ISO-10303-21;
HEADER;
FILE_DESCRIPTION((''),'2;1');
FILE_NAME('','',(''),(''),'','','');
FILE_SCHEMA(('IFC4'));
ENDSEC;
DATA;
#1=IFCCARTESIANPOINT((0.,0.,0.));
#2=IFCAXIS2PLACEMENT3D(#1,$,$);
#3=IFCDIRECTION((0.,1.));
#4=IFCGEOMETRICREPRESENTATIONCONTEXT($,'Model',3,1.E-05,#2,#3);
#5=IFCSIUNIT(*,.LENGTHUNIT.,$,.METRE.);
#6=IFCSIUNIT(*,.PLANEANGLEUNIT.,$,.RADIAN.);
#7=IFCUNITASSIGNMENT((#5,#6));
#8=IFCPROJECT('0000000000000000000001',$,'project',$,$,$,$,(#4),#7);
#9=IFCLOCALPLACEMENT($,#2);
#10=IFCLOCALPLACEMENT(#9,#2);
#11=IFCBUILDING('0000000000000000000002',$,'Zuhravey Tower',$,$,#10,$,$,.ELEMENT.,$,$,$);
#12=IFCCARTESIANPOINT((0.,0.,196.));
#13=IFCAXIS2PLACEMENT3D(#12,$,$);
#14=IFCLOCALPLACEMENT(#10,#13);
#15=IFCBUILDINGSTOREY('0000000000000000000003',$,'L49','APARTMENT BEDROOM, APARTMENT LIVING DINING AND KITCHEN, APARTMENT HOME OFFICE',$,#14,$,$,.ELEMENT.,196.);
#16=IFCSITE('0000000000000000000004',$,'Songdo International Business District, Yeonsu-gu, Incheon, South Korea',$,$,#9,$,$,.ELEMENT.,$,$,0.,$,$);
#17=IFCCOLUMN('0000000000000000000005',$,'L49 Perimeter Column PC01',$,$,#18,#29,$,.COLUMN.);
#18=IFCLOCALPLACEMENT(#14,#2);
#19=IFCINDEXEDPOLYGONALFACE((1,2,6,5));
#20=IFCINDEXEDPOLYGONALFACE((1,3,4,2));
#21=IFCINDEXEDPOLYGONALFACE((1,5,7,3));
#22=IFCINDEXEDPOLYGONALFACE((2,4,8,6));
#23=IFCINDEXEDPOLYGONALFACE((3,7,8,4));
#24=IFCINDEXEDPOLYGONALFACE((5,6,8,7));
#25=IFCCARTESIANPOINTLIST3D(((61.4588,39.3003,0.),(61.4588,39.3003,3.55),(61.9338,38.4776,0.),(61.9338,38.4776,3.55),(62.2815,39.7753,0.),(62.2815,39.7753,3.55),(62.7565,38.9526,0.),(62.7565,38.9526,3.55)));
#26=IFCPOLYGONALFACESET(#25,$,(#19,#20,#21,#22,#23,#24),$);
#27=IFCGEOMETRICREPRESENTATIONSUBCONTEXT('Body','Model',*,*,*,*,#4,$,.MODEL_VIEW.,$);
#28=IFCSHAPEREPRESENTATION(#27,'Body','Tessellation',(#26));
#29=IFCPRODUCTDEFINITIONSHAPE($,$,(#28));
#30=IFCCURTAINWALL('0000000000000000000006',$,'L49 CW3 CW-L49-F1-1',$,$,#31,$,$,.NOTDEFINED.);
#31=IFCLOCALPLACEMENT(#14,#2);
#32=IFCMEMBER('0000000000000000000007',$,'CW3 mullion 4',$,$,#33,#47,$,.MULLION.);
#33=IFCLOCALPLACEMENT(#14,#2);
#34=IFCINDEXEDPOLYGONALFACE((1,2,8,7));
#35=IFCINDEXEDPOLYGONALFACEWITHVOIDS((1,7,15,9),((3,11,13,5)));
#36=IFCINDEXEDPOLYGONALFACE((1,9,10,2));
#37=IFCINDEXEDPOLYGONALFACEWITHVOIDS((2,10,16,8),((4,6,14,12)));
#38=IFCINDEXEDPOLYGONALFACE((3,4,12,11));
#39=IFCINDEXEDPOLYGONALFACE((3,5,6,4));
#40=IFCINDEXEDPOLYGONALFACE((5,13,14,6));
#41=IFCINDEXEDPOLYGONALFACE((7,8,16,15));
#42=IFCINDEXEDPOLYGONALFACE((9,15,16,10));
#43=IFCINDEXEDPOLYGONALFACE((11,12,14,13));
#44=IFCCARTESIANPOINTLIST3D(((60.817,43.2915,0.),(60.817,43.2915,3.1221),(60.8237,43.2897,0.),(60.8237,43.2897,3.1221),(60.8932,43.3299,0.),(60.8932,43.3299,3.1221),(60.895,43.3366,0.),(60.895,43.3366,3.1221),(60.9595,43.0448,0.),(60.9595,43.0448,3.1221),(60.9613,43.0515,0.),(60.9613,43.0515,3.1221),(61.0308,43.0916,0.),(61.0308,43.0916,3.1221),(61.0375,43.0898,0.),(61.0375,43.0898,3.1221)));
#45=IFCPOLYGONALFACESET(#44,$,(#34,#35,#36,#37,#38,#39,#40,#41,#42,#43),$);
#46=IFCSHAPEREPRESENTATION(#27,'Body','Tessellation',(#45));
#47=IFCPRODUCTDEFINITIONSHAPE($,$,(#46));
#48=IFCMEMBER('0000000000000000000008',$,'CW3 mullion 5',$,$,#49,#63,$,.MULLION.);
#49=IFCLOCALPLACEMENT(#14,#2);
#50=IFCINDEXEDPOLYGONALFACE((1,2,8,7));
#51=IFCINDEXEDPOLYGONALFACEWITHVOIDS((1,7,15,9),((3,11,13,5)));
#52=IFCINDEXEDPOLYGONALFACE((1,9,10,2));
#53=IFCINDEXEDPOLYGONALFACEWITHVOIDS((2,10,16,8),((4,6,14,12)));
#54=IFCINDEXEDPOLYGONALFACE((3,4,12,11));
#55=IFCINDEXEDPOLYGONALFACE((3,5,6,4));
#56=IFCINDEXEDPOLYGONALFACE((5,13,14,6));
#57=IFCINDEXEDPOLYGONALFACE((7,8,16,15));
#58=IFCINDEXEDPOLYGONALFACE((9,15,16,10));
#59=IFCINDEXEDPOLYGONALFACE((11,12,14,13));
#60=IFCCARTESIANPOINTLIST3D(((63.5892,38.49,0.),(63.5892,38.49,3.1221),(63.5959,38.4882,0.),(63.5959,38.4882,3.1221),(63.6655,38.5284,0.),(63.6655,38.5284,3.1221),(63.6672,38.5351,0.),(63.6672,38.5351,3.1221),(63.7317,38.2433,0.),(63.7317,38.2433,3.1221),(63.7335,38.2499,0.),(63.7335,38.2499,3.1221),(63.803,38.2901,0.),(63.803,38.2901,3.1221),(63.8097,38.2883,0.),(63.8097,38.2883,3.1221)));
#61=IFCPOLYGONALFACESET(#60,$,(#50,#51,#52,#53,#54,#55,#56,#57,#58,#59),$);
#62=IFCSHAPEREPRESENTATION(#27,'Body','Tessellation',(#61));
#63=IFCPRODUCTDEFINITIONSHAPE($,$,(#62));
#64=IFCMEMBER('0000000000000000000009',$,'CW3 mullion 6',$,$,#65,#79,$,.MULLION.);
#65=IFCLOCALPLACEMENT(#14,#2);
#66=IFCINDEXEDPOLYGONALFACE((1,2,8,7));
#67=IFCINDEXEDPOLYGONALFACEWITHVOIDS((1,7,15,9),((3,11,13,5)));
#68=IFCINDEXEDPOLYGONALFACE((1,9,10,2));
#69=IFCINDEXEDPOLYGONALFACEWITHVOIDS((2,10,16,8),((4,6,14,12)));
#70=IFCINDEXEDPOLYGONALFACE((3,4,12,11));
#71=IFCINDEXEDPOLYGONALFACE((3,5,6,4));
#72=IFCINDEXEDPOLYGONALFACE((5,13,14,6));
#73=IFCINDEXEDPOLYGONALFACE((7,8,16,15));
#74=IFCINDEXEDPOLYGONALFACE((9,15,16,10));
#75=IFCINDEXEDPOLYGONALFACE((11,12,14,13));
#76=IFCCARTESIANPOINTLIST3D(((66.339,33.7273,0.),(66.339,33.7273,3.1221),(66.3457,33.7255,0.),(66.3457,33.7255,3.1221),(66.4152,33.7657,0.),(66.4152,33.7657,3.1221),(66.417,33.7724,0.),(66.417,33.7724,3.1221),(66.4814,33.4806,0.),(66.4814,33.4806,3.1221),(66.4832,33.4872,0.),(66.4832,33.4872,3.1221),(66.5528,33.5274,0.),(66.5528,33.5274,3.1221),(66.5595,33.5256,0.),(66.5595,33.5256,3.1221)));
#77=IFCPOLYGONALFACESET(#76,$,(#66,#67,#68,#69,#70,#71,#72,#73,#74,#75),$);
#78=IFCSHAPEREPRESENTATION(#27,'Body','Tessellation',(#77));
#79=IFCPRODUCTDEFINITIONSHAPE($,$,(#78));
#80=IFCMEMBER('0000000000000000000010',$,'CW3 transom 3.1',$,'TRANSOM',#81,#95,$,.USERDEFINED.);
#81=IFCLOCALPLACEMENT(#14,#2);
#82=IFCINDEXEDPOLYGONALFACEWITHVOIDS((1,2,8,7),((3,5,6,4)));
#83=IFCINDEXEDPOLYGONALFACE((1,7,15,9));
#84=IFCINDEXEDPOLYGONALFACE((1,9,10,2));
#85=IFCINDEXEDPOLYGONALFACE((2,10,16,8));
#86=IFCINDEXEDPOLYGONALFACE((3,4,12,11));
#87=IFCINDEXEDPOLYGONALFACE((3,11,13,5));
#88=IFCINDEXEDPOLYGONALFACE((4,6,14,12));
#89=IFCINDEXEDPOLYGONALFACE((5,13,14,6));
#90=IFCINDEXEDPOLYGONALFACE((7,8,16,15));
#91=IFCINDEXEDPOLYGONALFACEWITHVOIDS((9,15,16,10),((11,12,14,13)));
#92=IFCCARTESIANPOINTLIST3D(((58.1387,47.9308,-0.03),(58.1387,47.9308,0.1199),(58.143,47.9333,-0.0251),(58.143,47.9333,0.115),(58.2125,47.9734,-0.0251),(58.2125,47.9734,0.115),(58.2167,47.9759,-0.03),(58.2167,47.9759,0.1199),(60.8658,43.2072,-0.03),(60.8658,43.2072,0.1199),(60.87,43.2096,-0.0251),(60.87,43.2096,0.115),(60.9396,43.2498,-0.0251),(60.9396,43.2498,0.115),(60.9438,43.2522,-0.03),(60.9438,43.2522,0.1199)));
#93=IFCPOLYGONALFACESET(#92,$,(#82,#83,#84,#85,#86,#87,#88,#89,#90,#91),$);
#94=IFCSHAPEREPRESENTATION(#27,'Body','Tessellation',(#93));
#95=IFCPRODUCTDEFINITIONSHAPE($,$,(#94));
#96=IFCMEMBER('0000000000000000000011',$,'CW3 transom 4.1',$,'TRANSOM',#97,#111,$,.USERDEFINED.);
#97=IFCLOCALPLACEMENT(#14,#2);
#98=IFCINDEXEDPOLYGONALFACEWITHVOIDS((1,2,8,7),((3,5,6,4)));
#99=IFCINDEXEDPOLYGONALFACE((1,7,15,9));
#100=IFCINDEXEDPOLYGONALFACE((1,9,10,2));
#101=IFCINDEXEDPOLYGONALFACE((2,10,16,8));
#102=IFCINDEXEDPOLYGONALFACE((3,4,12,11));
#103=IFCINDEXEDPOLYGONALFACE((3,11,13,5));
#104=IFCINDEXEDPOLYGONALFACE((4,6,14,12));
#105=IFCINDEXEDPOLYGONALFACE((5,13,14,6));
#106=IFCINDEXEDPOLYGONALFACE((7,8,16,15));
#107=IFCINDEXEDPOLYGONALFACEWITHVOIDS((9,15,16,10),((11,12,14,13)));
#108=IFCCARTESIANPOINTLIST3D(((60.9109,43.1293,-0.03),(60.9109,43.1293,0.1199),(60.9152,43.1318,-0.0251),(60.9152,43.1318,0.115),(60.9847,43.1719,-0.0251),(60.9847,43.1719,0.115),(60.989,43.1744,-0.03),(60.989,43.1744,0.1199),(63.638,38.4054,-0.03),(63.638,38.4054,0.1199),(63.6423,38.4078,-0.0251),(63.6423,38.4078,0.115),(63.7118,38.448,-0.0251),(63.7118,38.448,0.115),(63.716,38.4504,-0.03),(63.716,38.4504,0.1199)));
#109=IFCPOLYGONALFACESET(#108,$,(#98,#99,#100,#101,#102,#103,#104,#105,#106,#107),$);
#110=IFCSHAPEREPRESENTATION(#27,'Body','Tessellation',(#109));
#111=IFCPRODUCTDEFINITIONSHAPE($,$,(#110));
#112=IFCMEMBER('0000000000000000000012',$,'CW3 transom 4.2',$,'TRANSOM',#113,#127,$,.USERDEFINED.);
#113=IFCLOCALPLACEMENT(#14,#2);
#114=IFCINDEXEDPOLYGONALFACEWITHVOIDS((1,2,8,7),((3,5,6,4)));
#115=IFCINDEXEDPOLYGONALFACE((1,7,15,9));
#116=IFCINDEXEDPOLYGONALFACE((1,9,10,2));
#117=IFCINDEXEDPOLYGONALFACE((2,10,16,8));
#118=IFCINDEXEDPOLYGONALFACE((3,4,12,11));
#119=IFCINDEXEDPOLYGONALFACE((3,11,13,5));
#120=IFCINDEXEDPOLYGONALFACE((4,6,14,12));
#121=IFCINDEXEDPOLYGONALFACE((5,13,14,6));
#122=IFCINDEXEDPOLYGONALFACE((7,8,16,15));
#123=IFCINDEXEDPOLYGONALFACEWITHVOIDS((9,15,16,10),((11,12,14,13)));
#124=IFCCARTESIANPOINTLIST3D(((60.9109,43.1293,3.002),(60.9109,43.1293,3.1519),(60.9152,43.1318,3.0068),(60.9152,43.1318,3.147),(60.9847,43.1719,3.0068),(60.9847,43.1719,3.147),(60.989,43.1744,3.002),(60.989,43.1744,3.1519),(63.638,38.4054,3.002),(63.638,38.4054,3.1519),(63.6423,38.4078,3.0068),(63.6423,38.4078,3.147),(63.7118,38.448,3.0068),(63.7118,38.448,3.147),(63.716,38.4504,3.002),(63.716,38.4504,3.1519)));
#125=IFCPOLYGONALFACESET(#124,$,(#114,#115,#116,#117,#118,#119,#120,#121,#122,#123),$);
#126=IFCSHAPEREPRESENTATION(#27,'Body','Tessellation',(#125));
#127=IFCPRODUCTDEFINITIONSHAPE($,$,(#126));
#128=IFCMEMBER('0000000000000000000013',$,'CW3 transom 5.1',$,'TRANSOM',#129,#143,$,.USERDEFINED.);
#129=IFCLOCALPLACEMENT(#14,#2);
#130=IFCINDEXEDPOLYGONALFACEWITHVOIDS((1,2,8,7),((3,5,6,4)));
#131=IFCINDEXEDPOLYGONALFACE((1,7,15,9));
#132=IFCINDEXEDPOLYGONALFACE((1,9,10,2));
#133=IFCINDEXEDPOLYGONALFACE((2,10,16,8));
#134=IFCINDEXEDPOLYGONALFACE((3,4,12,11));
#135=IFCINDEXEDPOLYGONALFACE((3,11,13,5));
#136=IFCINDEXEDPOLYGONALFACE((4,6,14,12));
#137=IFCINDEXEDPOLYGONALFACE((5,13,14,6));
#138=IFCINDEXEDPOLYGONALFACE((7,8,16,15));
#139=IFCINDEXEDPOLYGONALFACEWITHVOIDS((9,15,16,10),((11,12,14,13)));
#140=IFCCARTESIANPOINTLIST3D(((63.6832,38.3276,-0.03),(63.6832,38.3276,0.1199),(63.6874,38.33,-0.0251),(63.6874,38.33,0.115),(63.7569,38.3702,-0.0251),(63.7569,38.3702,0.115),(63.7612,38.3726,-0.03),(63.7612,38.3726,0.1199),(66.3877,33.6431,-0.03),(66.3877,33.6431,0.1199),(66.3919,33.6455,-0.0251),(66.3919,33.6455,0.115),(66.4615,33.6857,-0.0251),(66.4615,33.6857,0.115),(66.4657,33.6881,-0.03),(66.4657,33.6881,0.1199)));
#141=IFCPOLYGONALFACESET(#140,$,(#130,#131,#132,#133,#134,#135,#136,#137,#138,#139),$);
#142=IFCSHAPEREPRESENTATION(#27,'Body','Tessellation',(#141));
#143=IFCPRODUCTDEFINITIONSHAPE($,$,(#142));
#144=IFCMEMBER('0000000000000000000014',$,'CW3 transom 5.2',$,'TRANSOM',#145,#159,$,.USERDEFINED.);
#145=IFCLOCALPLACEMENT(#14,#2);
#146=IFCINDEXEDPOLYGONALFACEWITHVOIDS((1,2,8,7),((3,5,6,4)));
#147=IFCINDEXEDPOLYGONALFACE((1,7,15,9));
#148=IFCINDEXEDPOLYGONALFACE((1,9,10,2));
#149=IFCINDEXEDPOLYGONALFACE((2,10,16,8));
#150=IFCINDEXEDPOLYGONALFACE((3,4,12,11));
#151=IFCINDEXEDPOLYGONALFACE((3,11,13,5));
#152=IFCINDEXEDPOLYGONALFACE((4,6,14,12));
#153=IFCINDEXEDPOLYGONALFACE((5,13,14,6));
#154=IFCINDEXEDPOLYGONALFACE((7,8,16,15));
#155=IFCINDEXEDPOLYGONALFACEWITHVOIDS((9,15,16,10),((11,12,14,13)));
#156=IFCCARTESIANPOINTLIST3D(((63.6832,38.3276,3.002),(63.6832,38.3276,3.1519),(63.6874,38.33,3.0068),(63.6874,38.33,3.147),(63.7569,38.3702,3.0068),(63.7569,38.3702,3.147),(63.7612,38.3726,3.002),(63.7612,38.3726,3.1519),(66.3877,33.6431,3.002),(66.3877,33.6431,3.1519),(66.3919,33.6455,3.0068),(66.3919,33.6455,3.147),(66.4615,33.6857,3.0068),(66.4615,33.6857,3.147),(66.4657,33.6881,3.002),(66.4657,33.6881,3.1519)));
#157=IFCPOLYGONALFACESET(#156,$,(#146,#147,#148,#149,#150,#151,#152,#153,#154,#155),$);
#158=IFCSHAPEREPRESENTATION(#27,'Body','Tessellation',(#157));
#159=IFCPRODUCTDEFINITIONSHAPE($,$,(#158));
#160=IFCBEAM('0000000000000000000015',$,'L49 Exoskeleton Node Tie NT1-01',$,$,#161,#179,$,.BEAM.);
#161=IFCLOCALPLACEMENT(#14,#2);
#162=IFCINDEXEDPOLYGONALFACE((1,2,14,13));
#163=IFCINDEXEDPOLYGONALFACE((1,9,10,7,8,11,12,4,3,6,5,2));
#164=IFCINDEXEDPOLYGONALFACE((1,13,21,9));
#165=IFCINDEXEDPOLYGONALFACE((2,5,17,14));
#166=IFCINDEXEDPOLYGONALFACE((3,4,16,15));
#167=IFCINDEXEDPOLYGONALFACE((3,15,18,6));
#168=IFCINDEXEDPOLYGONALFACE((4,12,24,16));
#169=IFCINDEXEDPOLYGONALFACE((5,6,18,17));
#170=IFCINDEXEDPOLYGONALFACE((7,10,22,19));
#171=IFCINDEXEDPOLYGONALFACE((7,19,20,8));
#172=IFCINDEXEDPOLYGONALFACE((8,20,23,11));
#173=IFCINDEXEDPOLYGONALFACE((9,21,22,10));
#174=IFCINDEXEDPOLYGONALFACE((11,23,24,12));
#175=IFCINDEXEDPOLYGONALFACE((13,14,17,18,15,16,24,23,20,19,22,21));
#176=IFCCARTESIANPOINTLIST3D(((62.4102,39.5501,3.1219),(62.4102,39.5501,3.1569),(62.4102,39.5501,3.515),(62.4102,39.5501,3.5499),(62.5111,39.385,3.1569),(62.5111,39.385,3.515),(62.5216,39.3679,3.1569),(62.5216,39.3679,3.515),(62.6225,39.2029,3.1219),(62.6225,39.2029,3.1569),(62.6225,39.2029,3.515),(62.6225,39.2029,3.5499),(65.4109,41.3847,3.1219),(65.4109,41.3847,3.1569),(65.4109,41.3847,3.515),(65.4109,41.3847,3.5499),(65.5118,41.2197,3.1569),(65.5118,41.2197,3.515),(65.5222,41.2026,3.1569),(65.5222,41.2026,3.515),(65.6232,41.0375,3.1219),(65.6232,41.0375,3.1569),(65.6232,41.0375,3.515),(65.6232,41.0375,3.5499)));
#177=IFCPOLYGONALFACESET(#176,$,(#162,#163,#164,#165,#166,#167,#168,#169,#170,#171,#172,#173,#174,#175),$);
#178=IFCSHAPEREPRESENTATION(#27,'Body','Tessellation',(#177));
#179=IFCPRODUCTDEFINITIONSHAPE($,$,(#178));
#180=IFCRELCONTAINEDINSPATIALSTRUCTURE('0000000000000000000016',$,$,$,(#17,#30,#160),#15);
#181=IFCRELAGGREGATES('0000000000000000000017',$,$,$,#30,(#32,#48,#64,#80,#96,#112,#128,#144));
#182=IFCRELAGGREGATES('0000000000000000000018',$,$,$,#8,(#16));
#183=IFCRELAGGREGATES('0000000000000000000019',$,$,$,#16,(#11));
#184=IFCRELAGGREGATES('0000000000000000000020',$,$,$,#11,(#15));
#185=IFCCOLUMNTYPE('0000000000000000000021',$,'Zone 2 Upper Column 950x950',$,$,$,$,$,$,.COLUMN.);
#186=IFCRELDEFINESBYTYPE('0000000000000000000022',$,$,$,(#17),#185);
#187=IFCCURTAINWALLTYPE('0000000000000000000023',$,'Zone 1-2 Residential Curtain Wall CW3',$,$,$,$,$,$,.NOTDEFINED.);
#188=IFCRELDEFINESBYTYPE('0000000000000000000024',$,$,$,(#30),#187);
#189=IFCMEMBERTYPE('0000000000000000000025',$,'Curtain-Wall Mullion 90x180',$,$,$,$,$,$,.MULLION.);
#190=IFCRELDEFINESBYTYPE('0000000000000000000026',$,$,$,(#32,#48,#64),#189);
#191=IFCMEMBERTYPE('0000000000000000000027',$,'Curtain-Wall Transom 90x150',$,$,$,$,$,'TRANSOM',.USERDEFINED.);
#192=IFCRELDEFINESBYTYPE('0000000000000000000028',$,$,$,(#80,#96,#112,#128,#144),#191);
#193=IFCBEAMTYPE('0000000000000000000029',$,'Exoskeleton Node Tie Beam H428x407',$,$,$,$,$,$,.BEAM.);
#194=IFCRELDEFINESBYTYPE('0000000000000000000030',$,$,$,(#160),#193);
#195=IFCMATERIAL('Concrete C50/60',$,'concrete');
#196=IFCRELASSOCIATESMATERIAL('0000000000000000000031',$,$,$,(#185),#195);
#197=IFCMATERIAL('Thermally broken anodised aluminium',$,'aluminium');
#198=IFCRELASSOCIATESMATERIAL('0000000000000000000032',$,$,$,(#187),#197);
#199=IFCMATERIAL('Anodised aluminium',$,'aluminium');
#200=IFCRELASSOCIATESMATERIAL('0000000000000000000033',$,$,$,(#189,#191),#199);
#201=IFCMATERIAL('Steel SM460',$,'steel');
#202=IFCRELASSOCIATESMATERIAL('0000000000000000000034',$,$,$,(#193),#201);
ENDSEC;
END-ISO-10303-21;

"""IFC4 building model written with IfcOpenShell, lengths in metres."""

from ifc_helpers import new_model, si_unit, direction, frame, origin, origin_2d, place, context, subcontext, project, spatial, rectangle, hollow_rectangle, i_section, extrude, material, material_profile, profile_set, type_object, element, aggregate, save


model = new_model("IFC4")

# Units and contexts
model_context = context("Model", 3, precision=1e-05, world=origin(), true_north=direction((0.0, 1.0)))
body_context = subcontext(model_context, "Body", "Model", "MODEL_VIEW")
ifc_project = project(units=[si_unit("LENGTHUNIT", "METRE"), si_unit("PLANEANGLEUNIT", "RADIAN")], contexts=[model_context])

# Site, building, storey
site_placement = place(None, origin())
site = spatial("IfcSite", under=ifc_project, at=site_placement, Name="Songdo International Business District, Yeonsu-gu, Incheon, South Korea", CompositionType="ELEMENT", RefElevation=0.0)
building_placement = place(site_placement, origin())
building = spatial("IfcBuilding", under=site, at=building_placement, Name="Zuhravey Tower", CompositionType="ELEMENT")
storey_placement = place(building_placement, frame((0.0, 0.0, 196.0)))
storey = spatial("IfcBuildingStorey", under=building, at=storey_placement, Name="L49", Description="APARTMENT BEDROOM, APARTMENT LIVING DINING AND KITCHEN, APARTMENT HOME OFFICE", CompositionType="ELEMENT", Elevation=196.0)

# Column
ifc_material_1 = material(Name="Concrete C50/60", Category="concrete")
ifc_material_profile_1 = material_profile(ifc_material_1, rectangle(XDim=0.95, YDim=0.95, at=origin_2d()), Name="RC-950x950")
ifc_profile_set_1 = profile_set([ifc_material_profile_1], Name="Concrete C50/60")
column_type = type_object("IfcColumnType", Name="Zone 2 Upper Column 950x950", PredefinedType="COLUMN", material=ifc_profile_set_1)
column_placement = place(storey_placement, frame((62.1077, 39.1265, 0.0), z_axis=(0.0, 0.0, 1.0), x_axis=(-0.5, 0.866025, 0.0)))
element("IfcColumn", 1, at=column_placement, inside=storey, type_object=column_type, Name="L49 Perimeter Column PC01", PredefinedType="COLUMN", context=body_context, shape_type="SweptSolid", body=[
    extrude(rectangle(XDim=0.95, YDim=0.95, at=origin_2d()), origin(), (0.0, 0.0, 1.0), 3.55),
])

# Curtain wall, members
ifc_material_2 = material(Name="Thermally broken anodised aluminium", Category="aluminium")
curtain_wall_type = type_object("IfcCurtainWallType", Name="Zone 1-2 Residential Curtain Wall CW3", PredefinedType="NOTDEFINED", material=ifc_material_2)
curtain_wall_placement = place(storey_placement, origin())
curtain_wall = element("IfcCurtainWall", 2, at=curtain_wall_placement, inside=storey, type_object=curtain_wall_type, Name="L49 CW3 CW-L49-F1-1", PredefinedType="NOTDEFINED")
ifc_material_3 = material(Name="Anodised aluminium", Category="aluminium")
ifc_material_profile_2 = material_profile(ifc_material_3, hollow_rectangle(XDim=0.0901, YDim=0.2849, WallThickness=0.0049, at=origin_2d()), Name="ALU-RHS-90x285x5")
ifc_profile_set_2 = profile_set([ifc_material_profile_2], Name="Anodised aluminium")
member_type_1 = type_object("IfcMemberType", Name="Curtain-Wall Mullion 90x180", PredefinedType="MULLION", material=ifc_profile_set_2)
member_1_placement = place(storey_placement, frame((60.9272, 43.1907, 0.0), z_axis=(0.0, 0.0, 1.0), x_axis=(0.866025, 0.5, 0.0)))
member_1 = element("IfcMember", 3, at=member_1_placement, type_object=member_type_1, Name="CW3 mullion 4", PredefinedType="MULLION", context=body_context, shape_type="SweptSolid", body=[
    extrude(hollow_rectangle(XDim=0.0901, YDim=0.2849, WallThickness=0.0049, at=origin_2d()), origin(), (0.0, 0.0, 1.0), 3.1221),
])
member_2_placement = place(storey_placement, frame((63.6995, 38.3892, 0.0), z_axis=(0.0, 0.0, 1.0), x_axis=(0.866025, 0.5, 0.0)))
member_2 = element("IfcMember", 4, at=member_2_placement, type_object=member_type_1, Name="CW3 mullion 5", PredefinedType="MULLION", context=body_context, shape_type="SweptSolid", body=[
    extrude(hollow_rectangle(XDim=0.0901, YDim=0.2849, WallThickness=0.0049, at=origin_2d()), origin(), (0.0, 0.0, 1.0), 3.1221),
])
member_3_placement = place(storey_placement, frame((66.4492, 33.6265, 0.0), z_axis=(0.0, 0.0, 1.0), x_axis=(0.866025, 0.5, 0.0)))
member_3 = element("IfcMember", 5, at=member_3_placement, type_object=member_type_1, Name="CW3 mullion 6", PredefinedType="MULLION", context=body_context, shape_type="SweptSolid", body=[
    extrude(hollow_rectangle(XDim=0.0901, YDim=0.2849, WallThickness=0.0049, at=origin_2d()), origin(), (0.0, 0.0, 1.0), 3.1221),
])
ifc_material_profile_3 = material_profile(ifc_material_3, hollow_rectangle(XDim=0.0901, YDim=0.1499, WallThickness=0.0049, at=origin_2d()), Name="ALU-RHS-90x150x5")
ifc_profile_set_3 = profile_set([ifc_material_profile_3], Name="Anodised aluminium")
member_type_2 = type_object("IfcMemberType", Name="Curtain-Wall Transom 90x150", ElementType="TRANSOM", PredefinedType="USERDEFINED", material=ifc_profile_set_3)
member_4_placement = place(storey_placement, frame((58.1777, 47.9534, 0.0449), z_axis=(0.499981, -0.866037, 0.0), x_axis=(0.866037, 0.499981, 0.0)))
member_4 = element("IfcMember", 6, at=member_4_placement, type_object=member_type_2, Name="CW3 transom 3.1", ObjectType="TRANSOM", PredefinedType="USERDEFINED", context=body_context, shape_type="SweptSolid", body=[
    extrude(hollow_rectangle(XDim=0.0901, YDim=0.1499, WallThickness=0.0049, at=origin_2d()), origin(), (0.0, 0.0, 1.0), 5.4543),
])
member_5_placement = place(storey_placement, frame((60.95, 43.1519, 0.0449), z_axis=(0.499961, -0.866048, 0.0), x_axis=(0.866048, 0.499961, 0.0)))
member_5 = element("IfcMember", 7, at=member_5_placement, type_object=member_type_2, Name="CW3 transom 4.1", ObjectType="TRANSOM", PredefinedType="USERDEFINED", context=body_context, shape_type="SweptSolid", body=[
    extrude(hollow_rectangle(XDim=0.0901, YDim=0.1499, WallThickness=0.0049, at=origin_2d()), origin(), (0.0, 0.0, 1.0), 5.4546),
])
member_6_placement = place(storey_placement, frame((60.95, 43.1519, 3.0769), z_axis=(0.499961, -0.866048, 0.0), x_axis=(0.866048, 0.499961, 0.0)))
member_6 = element("IfcMember", 8, at=member_6_placement, type_object=member_type_2, Name="CW3 transom 4.2", ObjectType="TRANSOM", PredefinedType="USERDEFINED", context=body_context, shape_type="SweptSolid", body=[
    extrude(hollow_rectangle(XDim=0.0901, YDim=0.1499, WallThickness=0.0049, at=origin_2d()), origin(), (0.0, 0.0, 1.0), 5.4546),
])
member_7_placement = place(storey_placement, frame((63.7222, 38.3501, 0.0449), z_axis=(0.499993, -0.866029, 0.0), x_axis=(0.866029, 0.499993, 0.0)))
member_7 = element("IfcMember", 9, at=member_7_placement, type_object=member_type_2, Name="CW3 transom 5.1", ObjectType="TRANSOM", PredefinedType="USERDEFINED", context=body_context, shape_type="SweptSolid", body=[
    extrude(hollow_rectangle(XDim=0.0901, YDim=0.1499, WallThickness=0.0049, at=origin_2d()), origin(), (0.0, 0.0, 1.0), 5.4092),
])
member_8_placement = place(storey_placement, frame((63.7222, 38.3501, 3.0769), z_axis=(0.499993, -0.866029, 0.0), x_axis=(0.866029, 0.499993, 0.0)))
member_8 = element("IfcMember", 10, at=member_8_placement, type_object=member_type_2, Name="CW3 transom 5.2", ObjectType="TRANSOM", PredefinedType="USERDEFINED", context=body_context, shape_type="SweptSolid", body=[
    extrude(hollow_rectangle(XDim=0.0901, YDim=0.1499, WallThickness=0.0049, at=origin_2d()), origin(), (0.0, 0.0, 1.0), 5.4092),
])

# Beam
ifc_material_4 = material(Name="Steel SM460", Category="steel")
ifc_material_profile_4 = material_profile(ifc_material_4, i_section(OverallWidth=0.407, OverallDepth=0.428, WebThickness=0.02, FlangeThickness=0.0349, at=origin_2d()), Name="H-428x407x20x35")
ifc_profile_set_4 = profile_set([ifc_material_profile_4], Name="Steel SM460")
beam_type_1 = type_object("IfcBeamType", Name="Exoskeleton Node Tie Beam H428x407", PredefinedType="BEAM", material=ifc_profile_set_4)
beam_1_placement = place(storey_placement, frame((62.5164, 39.3765, 3.3359), z_axis=(0.853163, 0.521644, 0.0), x_axis=(-0.521644, 0.853163, 0.0)))
element("IfcBeam", 11, at=beam_1_placement, inside=storey, type_object=beam_type_1, Name="L49 Exoskeleton Node Tie NT1-01", PredefinedType="BEAM", context=body_context, shape_type="SweptSolid", body=[
    extrude(i_section(OverallWidth=0.407, OverallDepth=0.428, WebThickness=0.02, FlangeThickness=0.0349, at=origin_2d()), origin(), (0.0, 0.0, 1.0), 3.5171),
])

aggregate(curtain_wall, [member_1, member_2, member_3, member_4, member_5, member_6, member_7, member_8])

save(model, "model.ifc")
